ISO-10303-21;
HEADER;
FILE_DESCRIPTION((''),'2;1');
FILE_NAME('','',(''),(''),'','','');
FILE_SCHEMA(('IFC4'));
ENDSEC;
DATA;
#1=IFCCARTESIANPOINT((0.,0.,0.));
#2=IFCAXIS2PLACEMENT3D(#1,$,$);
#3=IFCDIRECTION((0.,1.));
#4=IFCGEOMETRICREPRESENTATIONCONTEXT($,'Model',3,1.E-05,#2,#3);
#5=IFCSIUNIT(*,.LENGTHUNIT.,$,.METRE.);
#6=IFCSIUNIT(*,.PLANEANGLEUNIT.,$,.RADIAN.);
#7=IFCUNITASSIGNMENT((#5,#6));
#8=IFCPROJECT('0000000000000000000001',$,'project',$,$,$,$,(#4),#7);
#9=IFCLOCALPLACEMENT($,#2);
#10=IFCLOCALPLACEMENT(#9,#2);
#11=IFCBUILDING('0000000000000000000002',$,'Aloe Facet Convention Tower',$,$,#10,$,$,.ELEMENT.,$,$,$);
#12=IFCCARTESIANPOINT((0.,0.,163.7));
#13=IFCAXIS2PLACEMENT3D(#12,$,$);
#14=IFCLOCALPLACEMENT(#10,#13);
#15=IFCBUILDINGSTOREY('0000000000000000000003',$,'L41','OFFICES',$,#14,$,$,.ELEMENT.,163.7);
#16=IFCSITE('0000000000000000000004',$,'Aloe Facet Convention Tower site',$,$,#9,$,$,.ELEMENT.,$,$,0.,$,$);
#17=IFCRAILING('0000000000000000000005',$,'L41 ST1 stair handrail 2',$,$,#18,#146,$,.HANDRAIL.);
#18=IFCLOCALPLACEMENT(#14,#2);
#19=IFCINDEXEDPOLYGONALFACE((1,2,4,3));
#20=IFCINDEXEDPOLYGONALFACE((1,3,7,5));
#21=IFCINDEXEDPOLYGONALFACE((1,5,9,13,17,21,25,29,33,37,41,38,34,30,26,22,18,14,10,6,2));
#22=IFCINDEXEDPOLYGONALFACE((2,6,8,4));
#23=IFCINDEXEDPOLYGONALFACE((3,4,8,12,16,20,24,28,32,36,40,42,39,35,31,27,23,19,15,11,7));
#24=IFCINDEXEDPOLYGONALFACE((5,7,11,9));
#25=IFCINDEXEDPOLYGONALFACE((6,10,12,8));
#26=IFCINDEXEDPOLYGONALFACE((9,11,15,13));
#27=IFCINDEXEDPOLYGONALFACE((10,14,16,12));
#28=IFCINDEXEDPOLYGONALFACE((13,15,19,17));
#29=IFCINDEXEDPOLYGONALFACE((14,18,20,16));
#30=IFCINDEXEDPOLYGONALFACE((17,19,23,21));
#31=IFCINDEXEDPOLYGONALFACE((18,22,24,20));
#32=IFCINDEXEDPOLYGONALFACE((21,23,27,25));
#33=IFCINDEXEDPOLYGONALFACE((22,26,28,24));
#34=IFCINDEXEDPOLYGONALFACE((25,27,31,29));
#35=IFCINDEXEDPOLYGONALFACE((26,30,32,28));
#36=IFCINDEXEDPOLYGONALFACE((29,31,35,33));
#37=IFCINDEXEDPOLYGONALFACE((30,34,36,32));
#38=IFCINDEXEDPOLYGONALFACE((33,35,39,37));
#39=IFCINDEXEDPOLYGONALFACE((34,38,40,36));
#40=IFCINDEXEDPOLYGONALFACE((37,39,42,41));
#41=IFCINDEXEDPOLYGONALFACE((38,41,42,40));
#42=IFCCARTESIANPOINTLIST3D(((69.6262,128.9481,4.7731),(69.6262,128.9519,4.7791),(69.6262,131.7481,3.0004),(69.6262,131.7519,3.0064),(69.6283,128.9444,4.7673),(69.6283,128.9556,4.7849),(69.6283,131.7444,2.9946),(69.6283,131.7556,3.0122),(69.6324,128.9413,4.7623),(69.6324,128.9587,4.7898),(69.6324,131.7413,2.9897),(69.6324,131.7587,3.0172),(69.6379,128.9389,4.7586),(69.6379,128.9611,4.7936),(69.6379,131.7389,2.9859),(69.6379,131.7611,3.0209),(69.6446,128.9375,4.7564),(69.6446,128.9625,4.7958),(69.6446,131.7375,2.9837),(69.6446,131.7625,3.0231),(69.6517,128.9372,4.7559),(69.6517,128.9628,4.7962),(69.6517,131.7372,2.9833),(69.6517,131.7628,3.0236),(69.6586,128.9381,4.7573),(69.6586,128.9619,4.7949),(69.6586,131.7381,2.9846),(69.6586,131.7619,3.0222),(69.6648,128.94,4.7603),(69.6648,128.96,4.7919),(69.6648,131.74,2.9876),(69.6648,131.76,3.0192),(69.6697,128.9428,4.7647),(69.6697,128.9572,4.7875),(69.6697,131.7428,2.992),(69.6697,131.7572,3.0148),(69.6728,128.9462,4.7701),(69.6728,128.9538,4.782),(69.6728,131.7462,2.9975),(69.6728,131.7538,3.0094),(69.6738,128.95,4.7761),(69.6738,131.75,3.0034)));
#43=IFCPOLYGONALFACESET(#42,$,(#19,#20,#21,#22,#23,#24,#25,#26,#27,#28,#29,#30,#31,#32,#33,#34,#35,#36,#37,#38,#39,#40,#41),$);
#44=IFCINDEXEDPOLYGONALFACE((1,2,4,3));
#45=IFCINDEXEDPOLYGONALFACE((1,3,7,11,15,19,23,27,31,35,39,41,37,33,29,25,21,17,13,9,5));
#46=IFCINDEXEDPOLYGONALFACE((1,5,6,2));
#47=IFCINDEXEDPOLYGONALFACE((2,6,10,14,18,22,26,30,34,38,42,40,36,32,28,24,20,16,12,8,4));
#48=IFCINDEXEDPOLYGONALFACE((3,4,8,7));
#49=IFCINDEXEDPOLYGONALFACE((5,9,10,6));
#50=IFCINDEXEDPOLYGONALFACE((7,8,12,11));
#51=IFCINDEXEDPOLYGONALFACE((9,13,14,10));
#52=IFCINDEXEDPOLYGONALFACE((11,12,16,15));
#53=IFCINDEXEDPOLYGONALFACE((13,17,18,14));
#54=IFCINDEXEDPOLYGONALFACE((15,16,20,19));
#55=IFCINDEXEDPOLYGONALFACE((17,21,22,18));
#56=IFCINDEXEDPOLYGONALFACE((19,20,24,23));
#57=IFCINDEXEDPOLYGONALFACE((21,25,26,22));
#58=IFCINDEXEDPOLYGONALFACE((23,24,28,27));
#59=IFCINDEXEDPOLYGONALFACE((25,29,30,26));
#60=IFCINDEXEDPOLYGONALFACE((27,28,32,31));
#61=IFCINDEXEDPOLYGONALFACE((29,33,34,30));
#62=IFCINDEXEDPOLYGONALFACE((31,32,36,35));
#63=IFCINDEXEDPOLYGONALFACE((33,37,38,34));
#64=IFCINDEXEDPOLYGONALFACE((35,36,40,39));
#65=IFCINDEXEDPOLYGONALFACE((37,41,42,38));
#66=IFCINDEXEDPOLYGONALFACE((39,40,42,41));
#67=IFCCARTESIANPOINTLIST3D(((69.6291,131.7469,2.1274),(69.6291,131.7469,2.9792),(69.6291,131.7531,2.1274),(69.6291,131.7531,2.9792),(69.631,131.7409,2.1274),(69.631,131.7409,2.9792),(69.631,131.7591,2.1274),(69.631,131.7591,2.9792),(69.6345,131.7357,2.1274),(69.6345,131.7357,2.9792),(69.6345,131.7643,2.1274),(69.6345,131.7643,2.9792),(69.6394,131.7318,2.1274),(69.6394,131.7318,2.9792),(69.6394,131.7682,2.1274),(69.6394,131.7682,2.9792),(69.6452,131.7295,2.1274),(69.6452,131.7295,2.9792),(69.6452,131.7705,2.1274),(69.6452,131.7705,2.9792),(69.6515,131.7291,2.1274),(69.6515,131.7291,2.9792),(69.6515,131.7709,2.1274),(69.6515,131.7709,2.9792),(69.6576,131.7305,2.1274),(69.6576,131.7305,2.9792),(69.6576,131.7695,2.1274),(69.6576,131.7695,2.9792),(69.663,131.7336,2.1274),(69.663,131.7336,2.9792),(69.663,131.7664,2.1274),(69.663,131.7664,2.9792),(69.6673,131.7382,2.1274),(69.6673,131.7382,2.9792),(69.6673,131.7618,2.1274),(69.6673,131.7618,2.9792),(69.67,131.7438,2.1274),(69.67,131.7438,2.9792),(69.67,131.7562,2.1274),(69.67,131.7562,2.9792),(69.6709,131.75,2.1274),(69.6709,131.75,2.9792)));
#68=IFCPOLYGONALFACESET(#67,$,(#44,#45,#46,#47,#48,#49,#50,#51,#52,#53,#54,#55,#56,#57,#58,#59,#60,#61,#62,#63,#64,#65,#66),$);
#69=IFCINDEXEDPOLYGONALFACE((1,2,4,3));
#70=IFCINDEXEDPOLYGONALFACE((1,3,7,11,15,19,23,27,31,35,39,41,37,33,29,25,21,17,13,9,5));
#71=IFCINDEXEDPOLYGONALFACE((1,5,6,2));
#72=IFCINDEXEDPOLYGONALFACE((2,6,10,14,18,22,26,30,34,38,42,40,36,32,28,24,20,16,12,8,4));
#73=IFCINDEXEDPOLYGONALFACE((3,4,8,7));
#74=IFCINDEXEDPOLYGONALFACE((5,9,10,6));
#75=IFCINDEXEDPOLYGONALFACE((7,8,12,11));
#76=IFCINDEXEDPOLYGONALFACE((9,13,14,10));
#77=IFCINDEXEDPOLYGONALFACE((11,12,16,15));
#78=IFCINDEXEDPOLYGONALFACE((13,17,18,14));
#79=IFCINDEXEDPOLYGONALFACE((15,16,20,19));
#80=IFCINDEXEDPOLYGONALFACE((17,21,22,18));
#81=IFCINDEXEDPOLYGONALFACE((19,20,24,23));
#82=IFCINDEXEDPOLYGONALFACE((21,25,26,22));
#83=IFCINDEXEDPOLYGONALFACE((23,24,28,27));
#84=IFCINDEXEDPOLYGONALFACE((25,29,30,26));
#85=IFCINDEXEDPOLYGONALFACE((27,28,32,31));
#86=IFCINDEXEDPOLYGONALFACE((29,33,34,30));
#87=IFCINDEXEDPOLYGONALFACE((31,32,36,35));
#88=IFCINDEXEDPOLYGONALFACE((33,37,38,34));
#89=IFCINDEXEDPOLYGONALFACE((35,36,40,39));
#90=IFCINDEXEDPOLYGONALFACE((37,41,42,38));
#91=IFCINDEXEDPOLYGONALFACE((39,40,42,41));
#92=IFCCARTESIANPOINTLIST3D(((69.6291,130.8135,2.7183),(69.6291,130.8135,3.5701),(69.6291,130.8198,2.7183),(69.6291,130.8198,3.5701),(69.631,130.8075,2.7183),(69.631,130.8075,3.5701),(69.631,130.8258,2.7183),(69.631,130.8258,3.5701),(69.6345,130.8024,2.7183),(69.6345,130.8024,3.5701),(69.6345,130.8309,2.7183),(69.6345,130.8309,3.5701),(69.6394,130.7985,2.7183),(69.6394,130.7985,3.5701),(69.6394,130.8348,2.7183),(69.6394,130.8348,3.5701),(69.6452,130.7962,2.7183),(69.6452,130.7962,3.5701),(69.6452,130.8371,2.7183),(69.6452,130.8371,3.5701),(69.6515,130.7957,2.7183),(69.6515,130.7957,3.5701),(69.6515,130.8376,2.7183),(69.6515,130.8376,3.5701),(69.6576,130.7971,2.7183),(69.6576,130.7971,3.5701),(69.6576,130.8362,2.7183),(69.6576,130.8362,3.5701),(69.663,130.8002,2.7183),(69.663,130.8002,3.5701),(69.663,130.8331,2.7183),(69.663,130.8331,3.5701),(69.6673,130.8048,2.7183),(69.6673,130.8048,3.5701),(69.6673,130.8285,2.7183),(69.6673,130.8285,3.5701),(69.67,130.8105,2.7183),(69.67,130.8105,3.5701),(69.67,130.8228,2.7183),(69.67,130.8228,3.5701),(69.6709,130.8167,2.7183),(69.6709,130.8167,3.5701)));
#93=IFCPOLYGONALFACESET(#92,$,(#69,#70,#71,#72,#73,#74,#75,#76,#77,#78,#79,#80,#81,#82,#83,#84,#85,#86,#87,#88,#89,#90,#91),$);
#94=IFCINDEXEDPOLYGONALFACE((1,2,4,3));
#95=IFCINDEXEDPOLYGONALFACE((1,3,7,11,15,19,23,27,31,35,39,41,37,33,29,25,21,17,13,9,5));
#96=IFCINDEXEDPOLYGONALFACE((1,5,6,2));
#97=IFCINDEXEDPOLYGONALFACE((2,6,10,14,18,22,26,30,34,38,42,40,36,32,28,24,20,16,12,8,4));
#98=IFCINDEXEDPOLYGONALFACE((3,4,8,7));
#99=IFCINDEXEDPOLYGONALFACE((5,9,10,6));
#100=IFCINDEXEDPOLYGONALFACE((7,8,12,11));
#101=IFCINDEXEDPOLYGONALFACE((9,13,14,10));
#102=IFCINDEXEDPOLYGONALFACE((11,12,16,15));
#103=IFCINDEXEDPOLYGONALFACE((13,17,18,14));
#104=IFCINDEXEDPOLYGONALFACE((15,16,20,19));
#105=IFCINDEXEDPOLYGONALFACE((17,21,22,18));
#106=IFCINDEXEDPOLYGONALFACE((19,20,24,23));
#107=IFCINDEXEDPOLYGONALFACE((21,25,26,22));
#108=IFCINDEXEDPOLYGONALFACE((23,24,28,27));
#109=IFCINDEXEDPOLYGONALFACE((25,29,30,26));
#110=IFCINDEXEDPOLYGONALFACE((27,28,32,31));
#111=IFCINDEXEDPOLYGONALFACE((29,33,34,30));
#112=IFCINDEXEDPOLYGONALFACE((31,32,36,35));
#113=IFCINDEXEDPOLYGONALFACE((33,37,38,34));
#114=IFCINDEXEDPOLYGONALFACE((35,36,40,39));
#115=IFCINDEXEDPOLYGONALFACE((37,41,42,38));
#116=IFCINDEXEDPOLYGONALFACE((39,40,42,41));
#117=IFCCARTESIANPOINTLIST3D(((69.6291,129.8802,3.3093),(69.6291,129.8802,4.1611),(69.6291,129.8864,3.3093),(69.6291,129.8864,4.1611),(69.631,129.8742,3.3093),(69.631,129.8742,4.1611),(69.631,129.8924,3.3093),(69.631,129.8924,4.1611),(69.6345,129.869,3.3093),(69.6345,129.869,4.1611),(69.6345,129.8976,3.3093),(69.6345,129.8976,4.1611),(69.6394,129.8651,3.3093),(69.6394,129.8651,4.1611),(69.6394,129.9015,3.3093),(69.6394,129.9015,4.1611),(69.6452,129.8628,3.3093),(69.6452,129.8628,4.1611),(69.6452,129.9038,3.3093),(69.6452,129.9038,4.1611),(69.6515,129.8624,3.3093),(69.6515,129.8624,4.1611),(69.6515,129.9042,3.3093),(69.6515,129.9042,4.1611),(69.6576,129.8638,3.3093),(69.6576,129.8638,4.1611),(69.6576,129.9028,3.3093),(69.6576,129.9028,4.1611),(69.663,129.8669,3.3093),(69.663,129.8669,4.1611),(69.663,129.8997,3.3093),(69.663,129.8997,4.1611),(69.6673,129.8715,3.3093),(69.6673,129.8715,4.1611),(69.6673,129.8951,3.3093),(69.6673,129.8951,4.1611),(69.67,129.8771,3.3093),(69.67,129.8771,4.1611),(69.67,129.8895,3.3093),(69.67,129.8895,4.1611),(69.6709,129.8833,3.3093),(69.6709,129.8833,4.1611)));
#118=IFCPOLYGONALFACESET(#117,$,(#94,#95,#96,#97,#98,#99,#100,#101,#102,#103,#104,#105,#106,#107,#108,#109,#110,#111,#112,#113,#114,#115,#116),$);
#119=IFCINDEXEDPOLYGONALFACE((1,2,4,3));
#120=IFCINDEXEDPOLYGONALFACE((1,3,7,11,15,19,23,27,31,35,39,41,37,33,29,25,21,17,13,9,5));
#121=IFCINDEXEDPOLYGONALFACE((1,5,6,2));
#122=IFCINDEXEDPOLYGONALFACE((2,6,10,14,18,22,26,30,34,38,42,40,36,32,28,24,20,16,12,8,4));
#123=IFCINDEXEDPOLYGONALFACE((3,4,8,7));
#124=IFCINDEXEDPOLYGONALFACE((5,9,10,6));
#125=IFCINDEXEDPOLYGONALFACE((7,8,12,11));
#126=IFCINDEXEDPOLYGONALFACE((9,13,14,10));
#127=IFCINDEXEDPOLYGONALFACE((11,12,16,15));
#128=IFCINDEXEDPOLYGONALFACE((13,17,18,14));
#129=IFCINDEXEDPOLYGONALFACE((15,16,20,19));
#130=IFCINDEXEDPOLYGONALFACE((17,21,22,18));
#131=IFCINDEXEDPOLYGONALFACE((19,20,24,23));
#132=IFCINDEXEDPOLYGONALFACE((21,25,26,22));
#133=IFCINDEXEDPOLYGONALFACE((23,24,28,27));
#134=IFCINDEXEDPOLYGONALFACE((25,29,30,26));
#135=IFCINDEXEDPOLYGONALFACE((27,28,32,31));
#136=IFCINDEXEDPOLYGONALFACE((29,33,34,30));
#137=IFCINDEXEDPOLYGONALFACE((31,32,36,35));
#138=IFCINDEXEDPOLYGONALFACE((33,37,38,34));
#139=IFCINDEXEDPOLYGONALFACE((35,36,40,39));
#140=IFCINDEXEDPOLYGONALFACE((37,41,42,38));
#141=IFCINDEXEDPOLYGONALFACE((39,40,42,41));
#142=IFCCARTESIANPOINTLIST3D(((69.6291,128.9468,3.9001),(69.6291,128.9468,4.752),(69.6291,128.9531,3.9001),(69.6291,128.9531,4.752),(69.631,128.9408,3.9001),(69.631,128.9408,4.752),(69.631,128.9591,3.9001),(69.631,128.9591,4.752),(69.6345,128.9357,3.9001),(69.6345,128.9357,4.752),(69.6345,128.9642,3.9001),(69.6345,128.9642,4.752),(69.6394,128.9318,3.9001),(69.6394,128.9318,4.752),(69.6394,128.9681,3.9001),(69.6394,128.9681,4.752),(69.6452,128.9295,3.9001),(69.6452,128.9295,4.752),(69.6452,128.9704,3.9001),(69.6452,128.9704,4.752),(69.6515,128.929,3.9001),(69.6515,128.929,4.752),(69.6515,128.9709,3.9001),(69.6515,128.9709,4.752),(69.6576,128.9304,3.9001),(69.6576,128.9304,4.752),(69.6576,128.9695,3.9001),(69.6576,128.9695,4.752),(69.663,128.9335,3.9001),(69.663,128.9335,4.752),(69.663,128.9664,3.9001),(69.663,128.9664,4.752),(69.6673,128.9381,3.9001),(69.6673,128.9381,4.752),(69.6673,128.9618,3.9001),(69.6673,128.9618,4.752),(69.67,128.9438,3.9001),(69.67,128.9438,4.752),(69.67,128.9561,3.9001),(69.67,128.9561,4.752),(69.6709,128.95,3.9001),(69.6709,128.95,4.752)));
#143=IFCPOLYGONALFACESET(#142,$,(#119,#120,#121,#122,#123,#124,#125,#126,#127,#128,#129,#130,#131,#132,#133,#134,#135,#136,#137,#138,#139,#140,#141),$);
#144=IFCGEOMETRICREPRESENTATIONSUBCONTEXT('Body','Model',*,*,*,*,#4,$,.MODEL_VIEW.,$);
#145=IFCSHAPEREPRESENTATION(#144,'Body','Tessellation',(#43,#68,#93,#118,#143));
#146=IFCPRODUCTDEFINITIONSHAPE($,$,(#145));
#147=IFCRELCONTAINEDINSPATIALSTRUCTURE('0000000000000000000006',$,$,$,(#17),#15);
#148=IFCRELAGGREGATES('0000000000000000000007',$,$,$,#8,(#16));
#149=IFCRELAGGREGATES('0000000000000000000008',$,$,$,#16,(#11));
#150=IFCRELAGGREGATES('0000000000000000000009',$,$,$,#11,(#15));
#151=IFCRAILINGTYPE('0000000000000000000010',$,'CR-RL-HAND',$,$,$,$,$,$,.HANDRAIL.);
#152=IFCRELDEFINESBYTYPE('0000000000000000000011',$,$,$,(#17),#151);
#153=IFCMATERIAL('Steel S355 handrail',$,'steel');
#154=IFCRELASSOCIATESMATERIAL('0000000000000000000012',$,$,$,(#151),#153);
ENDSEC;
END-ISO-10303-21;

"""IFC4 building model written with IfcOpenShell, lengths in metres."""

from ifc_helpers import new_model, si_unit, direction, frame, origin, origin_2d, place, context, subcontext, project, spatial, circle, extrude, material, type_object, element, save


model = new_model("IFC4")

# Units and contexts
model_context = context("Model", 3, precision=1e-05, world=origin(), true_north=direction((0.0, 1.0)))
body_context = subcontext(model_context, "Body", "Model", "MODEL_VIEW")
ifc_project = project(units=[si_unit("LENGTHUNIT", "METRE"), si_unit("PLANEANGLEUNIT", "RADIAN")], contexts=[model_context])

# Site, building, storey
site_placement = place(None, origin())
site = spatial("IfcSite", under=ifc_project, at=site_placement, Name="Aloe Facet Convention Tower site", CompositionType="ELEMENT", RefElevation=0.0)
building_placement = place(site_placement, origin())
building = spatial("IfcBuilding", under=site, at=building_placement, Name="Aloe Facet Convention Tower", CompositionType="ELEMENT")
storey_placement = place(building_placement, frame((0.0, 0.0, 163.7)))
storey = spatial("IfcBuildingStorey", under=building, at=storey_placement, Name="L41", Description="OFFICES", CompositionType="ELEMENT", Elevation=163.7)

# Railing
ifc_material_1 = material(Name="Steel S355 handrail", Category="steel")
railing_type_1 = type_object("IfcRailingType", Name="CR-RL-HAND", PredefinedType="HANDRAIL", material=ifc_material_1)
railing_1_placement = place(storey_placement, frame((69.6499, 131.75, 2.1274)))
element("IfcRailing", 1, at=railing_1_placement, inside=storey, type_object=railing_type_1, Name="L41 ST1 stair handrail 2", PredefinedType="HANDRAIL", context=body_context, shape_type="SweptSolid", body=[
    extrude(circle(Radius=0.0239, at=origin_2d()), frame((0.0, 0.0, 0.876), z_axis=(0.0, -0.844909, 0.53491), x_axis=(1.0, 0.0, 0.0)), (0.0, 0.0, 1.0), 3.314),
    extrude(circle(Radius=0.021, at=origin_2d()), origin(), (0.0, 0.0, 1.0), 0.8518),
    extrude(circle(Radius=0.021, at=origin_2d()), frame((0.0, -0.9333, 0.5908)), (0.0, 0.0, 1.0), 0.8518),
    extrude(circle(Radius=0.021, at=origin_2d()), frame((0.0, -1.8667, 1.1819)), (0.0, 0.0, 1.0), 0.8518),
    extrude(circle(Radius=0.021, at=origin_2d()), frame((0.0, -2.8, 1.7727)), (0.0, 0.0, 1.0), 0.8518),
])

save(model, "model.ifc")
